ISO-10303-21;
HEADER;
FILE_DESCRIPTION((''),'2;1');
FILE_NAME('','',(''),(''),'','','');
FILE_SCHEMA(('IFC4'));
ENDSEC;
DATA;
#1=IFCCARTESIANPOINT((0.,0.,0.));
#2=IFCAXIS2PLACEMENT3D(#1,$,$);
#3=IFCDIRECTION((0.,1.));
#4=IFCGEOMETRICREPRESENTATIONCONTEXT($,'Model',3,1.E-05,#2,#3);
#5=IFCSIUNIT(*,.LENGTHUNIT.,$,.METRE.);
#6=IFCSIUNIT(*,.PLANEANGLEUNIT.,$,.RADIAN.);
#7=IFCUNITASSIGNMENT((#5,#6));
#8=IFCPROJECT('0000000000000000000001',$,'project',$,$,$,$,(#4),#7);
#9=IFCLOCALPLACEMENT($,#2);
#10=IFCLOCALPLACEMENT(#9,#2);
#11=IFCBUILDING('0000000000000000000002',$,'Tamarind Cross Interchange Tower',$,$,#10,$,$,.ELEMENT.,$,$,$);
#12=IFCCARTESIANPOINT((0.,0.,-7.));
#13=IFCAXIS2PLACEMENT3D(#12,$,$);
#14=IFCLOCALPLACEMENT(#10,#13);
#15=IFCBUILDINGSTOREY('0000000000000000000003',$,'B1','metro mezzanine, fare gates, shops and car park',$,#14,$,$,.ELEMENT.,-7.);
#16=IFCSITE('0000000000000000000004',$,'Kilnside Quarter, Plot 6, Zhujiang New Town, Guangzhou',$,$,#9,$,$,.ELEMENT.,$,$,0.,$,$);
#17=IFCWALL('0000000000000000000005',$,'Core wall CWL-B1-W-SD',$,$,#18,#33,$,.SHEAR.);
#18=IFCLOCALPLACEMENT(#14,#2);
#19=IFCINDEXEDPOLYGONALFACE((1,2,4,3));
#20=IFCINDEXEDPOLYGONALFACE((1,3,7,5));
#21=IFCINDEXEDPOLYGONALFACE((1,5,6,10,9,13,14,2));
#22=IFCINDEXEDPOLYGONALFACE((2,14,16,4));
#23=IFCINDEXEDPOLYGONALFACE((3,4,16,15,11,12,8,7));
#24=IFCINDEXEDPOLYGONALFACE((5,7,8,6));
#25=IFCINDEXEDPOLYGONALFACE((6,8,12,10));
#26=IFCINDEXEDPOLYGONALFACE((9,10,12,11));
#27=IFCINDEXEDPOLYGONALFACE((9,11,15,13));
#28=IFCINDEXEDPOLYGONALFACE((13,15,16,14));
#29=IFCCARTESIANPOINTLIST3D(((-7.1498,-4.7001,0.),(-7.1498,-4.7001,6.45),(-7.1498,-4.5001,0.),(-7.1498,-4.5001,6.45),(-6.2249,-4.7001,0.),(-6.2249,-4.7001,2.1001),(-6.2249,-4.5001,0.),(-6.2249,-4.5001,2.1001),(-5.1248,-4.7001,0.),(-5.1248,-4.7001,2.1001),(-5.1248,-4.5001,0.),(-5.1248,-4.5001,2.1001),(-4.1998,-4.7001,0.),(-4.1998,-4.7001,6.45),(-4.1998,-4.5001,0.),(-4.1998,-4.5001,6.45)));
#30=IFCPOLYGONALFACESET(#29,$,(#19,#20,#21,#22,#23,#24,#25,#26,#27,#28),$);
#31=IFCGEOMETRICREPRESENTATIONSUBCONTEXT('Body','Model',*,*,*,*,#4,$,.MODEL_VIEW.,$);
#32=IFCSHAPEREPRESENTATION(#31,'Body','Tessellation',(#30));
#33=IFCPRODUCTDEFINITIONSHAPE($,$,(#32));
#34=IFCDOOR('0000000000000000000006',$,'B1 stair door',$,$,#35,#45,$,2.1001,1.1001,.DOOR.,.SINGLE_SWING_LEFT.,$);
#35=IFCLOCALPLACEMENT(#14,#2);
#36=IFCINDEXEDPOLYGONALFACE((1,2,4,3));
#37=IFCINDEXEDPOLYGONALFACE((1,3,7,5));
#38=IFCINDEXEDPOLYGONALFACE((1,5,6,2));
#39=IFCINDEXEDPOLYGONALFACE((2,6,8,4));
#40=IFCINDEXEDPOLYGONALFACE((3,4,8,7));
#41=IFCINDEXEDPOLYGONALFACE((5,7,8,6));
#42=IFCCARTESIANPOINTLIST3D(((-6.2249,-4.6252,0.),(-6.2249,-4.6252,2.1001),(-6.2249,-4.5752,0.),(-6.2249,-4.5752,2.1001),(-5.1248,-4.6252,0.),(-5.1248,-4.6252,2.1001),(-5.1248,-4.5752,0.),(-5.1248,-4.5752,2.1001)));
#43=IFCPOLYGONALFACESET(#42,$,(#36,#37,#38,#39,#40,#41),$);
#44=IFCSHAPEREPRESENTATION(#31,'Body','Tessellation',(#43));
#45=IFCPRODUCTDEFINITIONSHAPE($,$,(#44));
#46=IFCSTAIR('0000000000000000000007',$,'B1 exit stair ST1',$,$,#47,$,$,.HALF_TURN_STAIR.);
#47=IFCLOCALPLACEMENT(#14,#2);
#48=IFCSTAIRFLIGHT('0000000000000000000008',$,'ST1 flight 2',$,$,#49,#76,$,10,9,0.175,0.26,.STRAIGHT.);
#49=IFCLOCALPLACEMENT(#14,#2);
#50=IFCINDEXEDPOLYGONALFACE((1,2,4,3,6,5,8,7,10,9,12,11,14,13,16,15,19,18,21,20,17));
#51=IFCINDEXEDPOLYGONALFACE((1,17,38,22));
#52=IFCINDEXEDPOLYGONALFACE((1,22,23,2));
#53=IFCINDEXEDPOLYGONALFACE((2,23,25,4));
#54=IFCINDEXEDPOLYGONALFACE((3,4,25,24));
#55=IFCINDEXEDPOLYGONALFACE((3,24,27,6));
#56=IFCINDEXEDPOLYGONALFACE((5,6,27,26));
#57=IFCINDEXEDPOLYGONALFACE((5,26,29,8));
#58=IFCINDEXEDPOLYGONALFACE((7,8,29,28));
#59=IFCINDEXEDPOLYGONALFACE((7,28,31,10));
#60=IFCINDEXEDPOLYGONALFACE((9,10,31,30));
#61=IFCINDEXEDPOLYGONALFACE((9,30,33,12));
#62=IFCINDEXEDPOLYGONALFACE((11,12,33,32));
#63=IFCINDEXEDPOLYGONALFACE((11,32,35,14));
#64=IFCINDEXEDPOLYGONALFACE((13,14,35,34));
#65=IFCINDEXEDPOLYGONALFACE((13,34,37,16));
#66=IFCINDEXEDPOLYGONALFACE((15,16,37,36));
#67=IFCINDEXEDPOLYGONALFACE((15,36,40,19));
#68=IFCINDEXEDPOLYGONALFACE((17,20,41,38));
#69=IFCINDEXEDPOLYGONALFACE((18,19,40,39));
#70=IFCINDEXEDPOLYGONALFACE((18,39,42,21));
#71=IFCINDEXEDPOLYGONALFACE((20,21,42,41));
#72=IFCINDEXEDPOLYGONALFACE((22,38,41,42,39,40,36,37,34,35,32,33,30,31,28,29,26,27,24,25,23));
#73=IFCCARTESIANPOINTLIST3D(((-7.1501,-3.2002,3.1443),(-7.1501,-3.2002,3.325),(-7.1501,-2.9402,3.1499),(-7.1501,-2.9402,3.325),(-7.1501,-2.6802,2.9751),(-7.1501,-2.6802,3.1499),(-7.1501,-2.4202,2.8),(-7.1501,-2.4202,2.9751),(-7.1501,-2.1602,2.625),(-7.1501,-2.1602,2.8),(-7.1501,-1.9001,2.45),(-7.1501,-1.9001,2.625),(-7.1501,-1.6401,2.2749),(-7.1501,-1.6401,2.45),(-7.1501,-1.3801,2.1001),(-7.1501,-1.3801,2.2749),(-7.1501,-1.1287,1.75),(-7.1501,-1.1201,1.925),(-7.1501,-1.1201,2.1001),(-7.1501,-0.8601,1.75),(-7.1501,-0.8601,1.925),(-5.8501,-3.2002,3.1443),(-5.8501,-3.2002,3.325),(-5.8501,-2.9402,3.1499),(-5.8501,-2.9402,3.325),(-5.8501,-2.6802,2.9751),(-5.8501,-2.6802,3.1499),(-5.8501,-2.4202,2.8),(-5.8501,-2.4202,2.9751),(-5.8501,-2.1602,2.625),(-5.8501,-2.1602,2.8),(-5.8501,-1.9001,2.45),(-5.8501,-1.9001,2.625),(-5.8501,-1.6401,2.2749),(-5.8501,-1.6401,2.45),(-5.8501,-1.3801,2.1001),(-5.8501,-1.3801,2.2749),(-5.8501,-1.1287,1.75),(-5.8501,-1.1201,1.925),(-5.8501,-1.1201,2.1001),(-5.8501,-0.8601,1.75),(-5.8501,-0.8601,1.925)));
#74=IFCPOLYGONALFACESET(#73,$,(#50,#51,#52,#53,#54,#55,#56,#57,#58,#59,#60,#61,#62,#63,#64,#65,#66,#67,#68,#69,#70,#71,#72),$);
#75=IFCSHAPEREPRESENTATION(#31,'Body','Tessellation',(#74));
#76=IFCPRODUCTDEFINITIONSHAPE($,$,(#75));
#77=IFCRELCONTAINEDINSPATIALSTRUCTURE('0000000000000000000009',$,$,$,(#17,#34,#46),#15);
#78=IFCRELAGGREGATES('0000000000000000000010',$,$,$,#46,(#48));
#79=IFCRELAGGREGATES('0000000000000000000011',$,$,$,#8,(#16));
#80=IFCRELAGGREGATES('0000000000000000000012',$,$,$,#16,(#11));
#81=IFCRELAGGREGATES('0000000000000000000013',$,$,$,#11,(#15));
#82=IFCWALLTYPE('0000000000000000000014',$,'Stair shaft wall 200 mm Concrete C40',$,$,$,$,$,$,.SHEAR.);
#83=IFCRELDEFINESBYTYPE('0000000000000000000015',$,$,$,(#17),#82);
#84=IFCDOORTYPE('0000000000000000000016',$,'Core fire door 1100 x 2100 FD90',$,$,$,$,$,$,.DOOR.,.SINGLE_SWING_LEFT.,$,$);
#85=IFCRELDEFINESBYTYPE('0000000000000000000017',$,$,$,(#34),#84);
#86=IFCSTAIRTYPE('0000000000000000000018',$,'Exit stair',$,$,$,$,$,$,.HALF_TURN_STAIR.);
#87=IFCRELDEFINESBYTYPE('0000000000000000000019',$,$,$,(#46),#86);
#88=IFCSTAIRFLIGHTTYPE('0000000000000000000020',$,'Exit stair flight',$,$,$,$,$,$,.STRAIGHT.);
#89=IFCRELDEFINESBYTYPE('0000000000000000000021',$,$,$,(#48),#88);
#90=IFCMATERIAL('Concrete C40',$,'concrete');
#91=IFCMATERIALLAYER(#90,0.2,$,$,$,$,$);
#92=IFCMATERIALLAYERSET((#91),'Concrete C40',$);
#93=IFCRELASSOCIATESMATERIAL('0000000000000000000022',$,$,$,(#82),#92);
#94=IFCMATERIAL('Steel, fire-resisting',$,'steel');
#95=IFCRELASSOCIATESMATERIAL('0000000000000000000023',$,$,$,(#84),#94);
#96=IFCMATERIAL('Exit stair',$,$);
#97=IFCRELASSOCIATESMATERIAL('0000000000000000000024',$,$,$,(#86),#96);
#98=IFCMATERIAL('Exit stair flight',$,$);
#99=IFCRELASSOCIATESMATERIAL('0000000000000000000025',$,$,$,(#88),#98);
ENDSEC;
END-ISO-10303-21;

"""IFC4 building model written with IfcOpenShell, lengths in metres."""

from ifc_helpers import new_model, si_unit, direction, frame, frame_2d, origin, place, context, subcontext, project, spatial, polyline, rectangle, outline, extrude, material, layer, layer_set, type_object, element, fill, aggregate, save


model = new_model("IFC4")

# Units and contexts
model_context = context("Model", 3, precision=1e-05, world=origin(), true_north=direction((0.0, 1.0)))
body_context = subcontext(model_context, "Body", "Model", "MODEL_VIEW")
ifc_project = project(units=[si_unit("LENGTHUNIT", "METRE"), si_unit("PLANEANGLEUNIT", "RADIAN")], contexts=[model_context])

# Site, building, storey
site_placement = place(None, origin())
site = spatial("IfcSite", under=ifc_project, at=site_placement, Name="Kilnside Quarter, Plot 6, Zhujiang New Town, Guangzhou", CompositionType="ELEMENT", RefElevation=0.0)
building_placement = place(site_placement, origin())
building = spatial("IfcBuilding", under=site, at=building_placement, Name="Tamarind Cross Interchange Tower", CompositionType="ELEMENT")
storey_placement = place(building_placement, frame((0.0, 0.0, -7.0)))
storey = spatial("IfcBuildingStorey", under=building, at=storey_placement, Name="B1", Description="metro mezzanine, fare gates, shops and car park", CompositionType="ELEMENT", Elevation=-7.0)

# Shared definitions
ifc_material_1 = material(Name="Steel, fire-resisting", Category="steel")

# Wall, opening, door
ifc_material_2 = material(Name="Concrete C40", Category="concrete")
ifc_layer_1 = layer(ifc_material_2, 0.2)
ifc_layer_set_1 = layer_set([ifc_layer_1], Name="Concrete C40")
wall_type_1 = type_object("IfcWallType", Name="Stair shaft wall 200 mm Concrete C40", PredefinedType="SHEAR", material=ifc_layer_set_1)
wall_1_placement = place(storey_placement, frame((-7.1499, -4.6001, 0.0), z_axis=(0.0, 0.0, 1.0), x_axis=(1.0, 0.0, 0.0)))
wall_1 = element("IfcWall", 1, at=wall_1_placement, inside=storey, type_object=wall_type_1, Name="Core wall CWL-B1-W-SD", PredefinedType="SHEAR", context=body_context, shape_type="SweptSolid", body=[
    extrude(rectangle(XDim=2.95, YDim=0.2, at=frame_2d((1.4751, 0.0))), origin(), (0.0, 0.0, 1.0), 6.45),
])
opening_1_placement = place(wall_1_placement, frame((0.925, 0.0, 0.0)))
opening_1 = element("IfcOpeningElement", 2, at=opening_1_placement, cuts=wall_1, PredefinedType="OPENING", context=body_context, shape_type="SweptSolid", body=[
    extrude(rectangle(XDim=1.1001, YDim=2.1001, at=frame_2d((0.55, 1.05))), frame((0.0, 0.1099, 0.0), z_axis=(0.0, -1.0, 0.0), x_axis=(1.0, 0.0, 0.0)), (0.0, 0.0, 1.0), 0.22),
])
door_type_1 = type_object("IfcDoorType", Name="Core fire door 1100 x 2100 FD90", OperationType="SINGLE_SWING_LEFT", PredefinedType="DOOR", material=ifc_material_1)
door_1_placement = place(opening_1_placement, origin())
door_1 = element("IfcDoor", 3, at=door_1_placement, inside=storey, type_object=door_type_1, Name="B1 stair door", OperationType="SINGLE_SWING_LEFT", OverallHeight=2.1001, OverallWidth=1.1001, PredefinedType="DOOR", context=body_context, shape_type="SweptSolid", body=[
    extrude(rectangle(XDim=1.1001, YDim=2.1001, at=frame_2d((0.55, 1.05))), frame((0.0, 0.0249, 0.0), z_axis=(0.0, -1.0, 0.0), x_axis=(1.0, 0.0, 0.0)), (0.0, 0.0, 1.0), 0.05),
])
fill(opening_1, door_1)

# Stair, stair flight
ifc_material_3 = material(Name="Exit stair")
stair_type = type_object("IfcStairType", Name="Exit stair", PredefinedType="HALF_TURN_STAIR", material=ifc_material_3)
stair_placement = place(storey_placement, origin())
stair = element("IfcStair", 4, at=stair_placement, inside=storey, type_object=stair_type, Name="B1 exit stair ST1", PredefinedType="HALF_TURN_STAIR")
ifc_material_4 = material(Name="Exit stair flight")
stair_flight_type = type_object("IfcStairFlightType", Name="Exit stair flight", PredefinedType="STRAIGHT", material=ifc_material_4)
stair_flight_placement = place(storey_placement, frame((-6.5, -0.8601, 1.75), z_axis=(0.0, 0.0, 1.0), x_axis=(0.0, -1.0, 0.0)))
stair_flight = element("IfcStairFlight", 5, at=stair_flight_placement, type_object=stair_flight_type, Name="ST1 flight 2", NumberOfRisers=10, NumberOfTreads=9, PredefinedType="STRAIGHT", RiserHeight=0.175, TreadLength=0.26, context=body_context, shape_type="SweptSolid", body=[
    extrude(outline(polyline([(0.0, 0.0), (0.0, 0.175), (0.26, 0.175), (0.26, 0.3501), (0.52, 0.3501), (0.52, 0.5249), (0.78, 0.5249), (0.78, 0.7), (1.04, 0.7), (1.04, 0.875), (1.3, 0.875), (1.3, 1.05), (1.5601, 1.05), (1.5601, 1.2251), (1.8201, 1.2251), (1.8201, 1.3999), (2.0801, 1.3999), (2.0801, 1.575), (2.3401, 1.575), (2.3401, 1.75), (2.3401, 1.3943), (0.2686, 0.0), (0.0, 0.0)])), frame((0.0, 0.6499, 0.0), z_axis=(0.0, -1.0, 0.0), x_axis=(1.0, 0.0, 0.0)), (0.0, 0.0, 1.0), 1.3),
])
aggregate(stair, [stair_flight])

save(model, "model.ifc")
